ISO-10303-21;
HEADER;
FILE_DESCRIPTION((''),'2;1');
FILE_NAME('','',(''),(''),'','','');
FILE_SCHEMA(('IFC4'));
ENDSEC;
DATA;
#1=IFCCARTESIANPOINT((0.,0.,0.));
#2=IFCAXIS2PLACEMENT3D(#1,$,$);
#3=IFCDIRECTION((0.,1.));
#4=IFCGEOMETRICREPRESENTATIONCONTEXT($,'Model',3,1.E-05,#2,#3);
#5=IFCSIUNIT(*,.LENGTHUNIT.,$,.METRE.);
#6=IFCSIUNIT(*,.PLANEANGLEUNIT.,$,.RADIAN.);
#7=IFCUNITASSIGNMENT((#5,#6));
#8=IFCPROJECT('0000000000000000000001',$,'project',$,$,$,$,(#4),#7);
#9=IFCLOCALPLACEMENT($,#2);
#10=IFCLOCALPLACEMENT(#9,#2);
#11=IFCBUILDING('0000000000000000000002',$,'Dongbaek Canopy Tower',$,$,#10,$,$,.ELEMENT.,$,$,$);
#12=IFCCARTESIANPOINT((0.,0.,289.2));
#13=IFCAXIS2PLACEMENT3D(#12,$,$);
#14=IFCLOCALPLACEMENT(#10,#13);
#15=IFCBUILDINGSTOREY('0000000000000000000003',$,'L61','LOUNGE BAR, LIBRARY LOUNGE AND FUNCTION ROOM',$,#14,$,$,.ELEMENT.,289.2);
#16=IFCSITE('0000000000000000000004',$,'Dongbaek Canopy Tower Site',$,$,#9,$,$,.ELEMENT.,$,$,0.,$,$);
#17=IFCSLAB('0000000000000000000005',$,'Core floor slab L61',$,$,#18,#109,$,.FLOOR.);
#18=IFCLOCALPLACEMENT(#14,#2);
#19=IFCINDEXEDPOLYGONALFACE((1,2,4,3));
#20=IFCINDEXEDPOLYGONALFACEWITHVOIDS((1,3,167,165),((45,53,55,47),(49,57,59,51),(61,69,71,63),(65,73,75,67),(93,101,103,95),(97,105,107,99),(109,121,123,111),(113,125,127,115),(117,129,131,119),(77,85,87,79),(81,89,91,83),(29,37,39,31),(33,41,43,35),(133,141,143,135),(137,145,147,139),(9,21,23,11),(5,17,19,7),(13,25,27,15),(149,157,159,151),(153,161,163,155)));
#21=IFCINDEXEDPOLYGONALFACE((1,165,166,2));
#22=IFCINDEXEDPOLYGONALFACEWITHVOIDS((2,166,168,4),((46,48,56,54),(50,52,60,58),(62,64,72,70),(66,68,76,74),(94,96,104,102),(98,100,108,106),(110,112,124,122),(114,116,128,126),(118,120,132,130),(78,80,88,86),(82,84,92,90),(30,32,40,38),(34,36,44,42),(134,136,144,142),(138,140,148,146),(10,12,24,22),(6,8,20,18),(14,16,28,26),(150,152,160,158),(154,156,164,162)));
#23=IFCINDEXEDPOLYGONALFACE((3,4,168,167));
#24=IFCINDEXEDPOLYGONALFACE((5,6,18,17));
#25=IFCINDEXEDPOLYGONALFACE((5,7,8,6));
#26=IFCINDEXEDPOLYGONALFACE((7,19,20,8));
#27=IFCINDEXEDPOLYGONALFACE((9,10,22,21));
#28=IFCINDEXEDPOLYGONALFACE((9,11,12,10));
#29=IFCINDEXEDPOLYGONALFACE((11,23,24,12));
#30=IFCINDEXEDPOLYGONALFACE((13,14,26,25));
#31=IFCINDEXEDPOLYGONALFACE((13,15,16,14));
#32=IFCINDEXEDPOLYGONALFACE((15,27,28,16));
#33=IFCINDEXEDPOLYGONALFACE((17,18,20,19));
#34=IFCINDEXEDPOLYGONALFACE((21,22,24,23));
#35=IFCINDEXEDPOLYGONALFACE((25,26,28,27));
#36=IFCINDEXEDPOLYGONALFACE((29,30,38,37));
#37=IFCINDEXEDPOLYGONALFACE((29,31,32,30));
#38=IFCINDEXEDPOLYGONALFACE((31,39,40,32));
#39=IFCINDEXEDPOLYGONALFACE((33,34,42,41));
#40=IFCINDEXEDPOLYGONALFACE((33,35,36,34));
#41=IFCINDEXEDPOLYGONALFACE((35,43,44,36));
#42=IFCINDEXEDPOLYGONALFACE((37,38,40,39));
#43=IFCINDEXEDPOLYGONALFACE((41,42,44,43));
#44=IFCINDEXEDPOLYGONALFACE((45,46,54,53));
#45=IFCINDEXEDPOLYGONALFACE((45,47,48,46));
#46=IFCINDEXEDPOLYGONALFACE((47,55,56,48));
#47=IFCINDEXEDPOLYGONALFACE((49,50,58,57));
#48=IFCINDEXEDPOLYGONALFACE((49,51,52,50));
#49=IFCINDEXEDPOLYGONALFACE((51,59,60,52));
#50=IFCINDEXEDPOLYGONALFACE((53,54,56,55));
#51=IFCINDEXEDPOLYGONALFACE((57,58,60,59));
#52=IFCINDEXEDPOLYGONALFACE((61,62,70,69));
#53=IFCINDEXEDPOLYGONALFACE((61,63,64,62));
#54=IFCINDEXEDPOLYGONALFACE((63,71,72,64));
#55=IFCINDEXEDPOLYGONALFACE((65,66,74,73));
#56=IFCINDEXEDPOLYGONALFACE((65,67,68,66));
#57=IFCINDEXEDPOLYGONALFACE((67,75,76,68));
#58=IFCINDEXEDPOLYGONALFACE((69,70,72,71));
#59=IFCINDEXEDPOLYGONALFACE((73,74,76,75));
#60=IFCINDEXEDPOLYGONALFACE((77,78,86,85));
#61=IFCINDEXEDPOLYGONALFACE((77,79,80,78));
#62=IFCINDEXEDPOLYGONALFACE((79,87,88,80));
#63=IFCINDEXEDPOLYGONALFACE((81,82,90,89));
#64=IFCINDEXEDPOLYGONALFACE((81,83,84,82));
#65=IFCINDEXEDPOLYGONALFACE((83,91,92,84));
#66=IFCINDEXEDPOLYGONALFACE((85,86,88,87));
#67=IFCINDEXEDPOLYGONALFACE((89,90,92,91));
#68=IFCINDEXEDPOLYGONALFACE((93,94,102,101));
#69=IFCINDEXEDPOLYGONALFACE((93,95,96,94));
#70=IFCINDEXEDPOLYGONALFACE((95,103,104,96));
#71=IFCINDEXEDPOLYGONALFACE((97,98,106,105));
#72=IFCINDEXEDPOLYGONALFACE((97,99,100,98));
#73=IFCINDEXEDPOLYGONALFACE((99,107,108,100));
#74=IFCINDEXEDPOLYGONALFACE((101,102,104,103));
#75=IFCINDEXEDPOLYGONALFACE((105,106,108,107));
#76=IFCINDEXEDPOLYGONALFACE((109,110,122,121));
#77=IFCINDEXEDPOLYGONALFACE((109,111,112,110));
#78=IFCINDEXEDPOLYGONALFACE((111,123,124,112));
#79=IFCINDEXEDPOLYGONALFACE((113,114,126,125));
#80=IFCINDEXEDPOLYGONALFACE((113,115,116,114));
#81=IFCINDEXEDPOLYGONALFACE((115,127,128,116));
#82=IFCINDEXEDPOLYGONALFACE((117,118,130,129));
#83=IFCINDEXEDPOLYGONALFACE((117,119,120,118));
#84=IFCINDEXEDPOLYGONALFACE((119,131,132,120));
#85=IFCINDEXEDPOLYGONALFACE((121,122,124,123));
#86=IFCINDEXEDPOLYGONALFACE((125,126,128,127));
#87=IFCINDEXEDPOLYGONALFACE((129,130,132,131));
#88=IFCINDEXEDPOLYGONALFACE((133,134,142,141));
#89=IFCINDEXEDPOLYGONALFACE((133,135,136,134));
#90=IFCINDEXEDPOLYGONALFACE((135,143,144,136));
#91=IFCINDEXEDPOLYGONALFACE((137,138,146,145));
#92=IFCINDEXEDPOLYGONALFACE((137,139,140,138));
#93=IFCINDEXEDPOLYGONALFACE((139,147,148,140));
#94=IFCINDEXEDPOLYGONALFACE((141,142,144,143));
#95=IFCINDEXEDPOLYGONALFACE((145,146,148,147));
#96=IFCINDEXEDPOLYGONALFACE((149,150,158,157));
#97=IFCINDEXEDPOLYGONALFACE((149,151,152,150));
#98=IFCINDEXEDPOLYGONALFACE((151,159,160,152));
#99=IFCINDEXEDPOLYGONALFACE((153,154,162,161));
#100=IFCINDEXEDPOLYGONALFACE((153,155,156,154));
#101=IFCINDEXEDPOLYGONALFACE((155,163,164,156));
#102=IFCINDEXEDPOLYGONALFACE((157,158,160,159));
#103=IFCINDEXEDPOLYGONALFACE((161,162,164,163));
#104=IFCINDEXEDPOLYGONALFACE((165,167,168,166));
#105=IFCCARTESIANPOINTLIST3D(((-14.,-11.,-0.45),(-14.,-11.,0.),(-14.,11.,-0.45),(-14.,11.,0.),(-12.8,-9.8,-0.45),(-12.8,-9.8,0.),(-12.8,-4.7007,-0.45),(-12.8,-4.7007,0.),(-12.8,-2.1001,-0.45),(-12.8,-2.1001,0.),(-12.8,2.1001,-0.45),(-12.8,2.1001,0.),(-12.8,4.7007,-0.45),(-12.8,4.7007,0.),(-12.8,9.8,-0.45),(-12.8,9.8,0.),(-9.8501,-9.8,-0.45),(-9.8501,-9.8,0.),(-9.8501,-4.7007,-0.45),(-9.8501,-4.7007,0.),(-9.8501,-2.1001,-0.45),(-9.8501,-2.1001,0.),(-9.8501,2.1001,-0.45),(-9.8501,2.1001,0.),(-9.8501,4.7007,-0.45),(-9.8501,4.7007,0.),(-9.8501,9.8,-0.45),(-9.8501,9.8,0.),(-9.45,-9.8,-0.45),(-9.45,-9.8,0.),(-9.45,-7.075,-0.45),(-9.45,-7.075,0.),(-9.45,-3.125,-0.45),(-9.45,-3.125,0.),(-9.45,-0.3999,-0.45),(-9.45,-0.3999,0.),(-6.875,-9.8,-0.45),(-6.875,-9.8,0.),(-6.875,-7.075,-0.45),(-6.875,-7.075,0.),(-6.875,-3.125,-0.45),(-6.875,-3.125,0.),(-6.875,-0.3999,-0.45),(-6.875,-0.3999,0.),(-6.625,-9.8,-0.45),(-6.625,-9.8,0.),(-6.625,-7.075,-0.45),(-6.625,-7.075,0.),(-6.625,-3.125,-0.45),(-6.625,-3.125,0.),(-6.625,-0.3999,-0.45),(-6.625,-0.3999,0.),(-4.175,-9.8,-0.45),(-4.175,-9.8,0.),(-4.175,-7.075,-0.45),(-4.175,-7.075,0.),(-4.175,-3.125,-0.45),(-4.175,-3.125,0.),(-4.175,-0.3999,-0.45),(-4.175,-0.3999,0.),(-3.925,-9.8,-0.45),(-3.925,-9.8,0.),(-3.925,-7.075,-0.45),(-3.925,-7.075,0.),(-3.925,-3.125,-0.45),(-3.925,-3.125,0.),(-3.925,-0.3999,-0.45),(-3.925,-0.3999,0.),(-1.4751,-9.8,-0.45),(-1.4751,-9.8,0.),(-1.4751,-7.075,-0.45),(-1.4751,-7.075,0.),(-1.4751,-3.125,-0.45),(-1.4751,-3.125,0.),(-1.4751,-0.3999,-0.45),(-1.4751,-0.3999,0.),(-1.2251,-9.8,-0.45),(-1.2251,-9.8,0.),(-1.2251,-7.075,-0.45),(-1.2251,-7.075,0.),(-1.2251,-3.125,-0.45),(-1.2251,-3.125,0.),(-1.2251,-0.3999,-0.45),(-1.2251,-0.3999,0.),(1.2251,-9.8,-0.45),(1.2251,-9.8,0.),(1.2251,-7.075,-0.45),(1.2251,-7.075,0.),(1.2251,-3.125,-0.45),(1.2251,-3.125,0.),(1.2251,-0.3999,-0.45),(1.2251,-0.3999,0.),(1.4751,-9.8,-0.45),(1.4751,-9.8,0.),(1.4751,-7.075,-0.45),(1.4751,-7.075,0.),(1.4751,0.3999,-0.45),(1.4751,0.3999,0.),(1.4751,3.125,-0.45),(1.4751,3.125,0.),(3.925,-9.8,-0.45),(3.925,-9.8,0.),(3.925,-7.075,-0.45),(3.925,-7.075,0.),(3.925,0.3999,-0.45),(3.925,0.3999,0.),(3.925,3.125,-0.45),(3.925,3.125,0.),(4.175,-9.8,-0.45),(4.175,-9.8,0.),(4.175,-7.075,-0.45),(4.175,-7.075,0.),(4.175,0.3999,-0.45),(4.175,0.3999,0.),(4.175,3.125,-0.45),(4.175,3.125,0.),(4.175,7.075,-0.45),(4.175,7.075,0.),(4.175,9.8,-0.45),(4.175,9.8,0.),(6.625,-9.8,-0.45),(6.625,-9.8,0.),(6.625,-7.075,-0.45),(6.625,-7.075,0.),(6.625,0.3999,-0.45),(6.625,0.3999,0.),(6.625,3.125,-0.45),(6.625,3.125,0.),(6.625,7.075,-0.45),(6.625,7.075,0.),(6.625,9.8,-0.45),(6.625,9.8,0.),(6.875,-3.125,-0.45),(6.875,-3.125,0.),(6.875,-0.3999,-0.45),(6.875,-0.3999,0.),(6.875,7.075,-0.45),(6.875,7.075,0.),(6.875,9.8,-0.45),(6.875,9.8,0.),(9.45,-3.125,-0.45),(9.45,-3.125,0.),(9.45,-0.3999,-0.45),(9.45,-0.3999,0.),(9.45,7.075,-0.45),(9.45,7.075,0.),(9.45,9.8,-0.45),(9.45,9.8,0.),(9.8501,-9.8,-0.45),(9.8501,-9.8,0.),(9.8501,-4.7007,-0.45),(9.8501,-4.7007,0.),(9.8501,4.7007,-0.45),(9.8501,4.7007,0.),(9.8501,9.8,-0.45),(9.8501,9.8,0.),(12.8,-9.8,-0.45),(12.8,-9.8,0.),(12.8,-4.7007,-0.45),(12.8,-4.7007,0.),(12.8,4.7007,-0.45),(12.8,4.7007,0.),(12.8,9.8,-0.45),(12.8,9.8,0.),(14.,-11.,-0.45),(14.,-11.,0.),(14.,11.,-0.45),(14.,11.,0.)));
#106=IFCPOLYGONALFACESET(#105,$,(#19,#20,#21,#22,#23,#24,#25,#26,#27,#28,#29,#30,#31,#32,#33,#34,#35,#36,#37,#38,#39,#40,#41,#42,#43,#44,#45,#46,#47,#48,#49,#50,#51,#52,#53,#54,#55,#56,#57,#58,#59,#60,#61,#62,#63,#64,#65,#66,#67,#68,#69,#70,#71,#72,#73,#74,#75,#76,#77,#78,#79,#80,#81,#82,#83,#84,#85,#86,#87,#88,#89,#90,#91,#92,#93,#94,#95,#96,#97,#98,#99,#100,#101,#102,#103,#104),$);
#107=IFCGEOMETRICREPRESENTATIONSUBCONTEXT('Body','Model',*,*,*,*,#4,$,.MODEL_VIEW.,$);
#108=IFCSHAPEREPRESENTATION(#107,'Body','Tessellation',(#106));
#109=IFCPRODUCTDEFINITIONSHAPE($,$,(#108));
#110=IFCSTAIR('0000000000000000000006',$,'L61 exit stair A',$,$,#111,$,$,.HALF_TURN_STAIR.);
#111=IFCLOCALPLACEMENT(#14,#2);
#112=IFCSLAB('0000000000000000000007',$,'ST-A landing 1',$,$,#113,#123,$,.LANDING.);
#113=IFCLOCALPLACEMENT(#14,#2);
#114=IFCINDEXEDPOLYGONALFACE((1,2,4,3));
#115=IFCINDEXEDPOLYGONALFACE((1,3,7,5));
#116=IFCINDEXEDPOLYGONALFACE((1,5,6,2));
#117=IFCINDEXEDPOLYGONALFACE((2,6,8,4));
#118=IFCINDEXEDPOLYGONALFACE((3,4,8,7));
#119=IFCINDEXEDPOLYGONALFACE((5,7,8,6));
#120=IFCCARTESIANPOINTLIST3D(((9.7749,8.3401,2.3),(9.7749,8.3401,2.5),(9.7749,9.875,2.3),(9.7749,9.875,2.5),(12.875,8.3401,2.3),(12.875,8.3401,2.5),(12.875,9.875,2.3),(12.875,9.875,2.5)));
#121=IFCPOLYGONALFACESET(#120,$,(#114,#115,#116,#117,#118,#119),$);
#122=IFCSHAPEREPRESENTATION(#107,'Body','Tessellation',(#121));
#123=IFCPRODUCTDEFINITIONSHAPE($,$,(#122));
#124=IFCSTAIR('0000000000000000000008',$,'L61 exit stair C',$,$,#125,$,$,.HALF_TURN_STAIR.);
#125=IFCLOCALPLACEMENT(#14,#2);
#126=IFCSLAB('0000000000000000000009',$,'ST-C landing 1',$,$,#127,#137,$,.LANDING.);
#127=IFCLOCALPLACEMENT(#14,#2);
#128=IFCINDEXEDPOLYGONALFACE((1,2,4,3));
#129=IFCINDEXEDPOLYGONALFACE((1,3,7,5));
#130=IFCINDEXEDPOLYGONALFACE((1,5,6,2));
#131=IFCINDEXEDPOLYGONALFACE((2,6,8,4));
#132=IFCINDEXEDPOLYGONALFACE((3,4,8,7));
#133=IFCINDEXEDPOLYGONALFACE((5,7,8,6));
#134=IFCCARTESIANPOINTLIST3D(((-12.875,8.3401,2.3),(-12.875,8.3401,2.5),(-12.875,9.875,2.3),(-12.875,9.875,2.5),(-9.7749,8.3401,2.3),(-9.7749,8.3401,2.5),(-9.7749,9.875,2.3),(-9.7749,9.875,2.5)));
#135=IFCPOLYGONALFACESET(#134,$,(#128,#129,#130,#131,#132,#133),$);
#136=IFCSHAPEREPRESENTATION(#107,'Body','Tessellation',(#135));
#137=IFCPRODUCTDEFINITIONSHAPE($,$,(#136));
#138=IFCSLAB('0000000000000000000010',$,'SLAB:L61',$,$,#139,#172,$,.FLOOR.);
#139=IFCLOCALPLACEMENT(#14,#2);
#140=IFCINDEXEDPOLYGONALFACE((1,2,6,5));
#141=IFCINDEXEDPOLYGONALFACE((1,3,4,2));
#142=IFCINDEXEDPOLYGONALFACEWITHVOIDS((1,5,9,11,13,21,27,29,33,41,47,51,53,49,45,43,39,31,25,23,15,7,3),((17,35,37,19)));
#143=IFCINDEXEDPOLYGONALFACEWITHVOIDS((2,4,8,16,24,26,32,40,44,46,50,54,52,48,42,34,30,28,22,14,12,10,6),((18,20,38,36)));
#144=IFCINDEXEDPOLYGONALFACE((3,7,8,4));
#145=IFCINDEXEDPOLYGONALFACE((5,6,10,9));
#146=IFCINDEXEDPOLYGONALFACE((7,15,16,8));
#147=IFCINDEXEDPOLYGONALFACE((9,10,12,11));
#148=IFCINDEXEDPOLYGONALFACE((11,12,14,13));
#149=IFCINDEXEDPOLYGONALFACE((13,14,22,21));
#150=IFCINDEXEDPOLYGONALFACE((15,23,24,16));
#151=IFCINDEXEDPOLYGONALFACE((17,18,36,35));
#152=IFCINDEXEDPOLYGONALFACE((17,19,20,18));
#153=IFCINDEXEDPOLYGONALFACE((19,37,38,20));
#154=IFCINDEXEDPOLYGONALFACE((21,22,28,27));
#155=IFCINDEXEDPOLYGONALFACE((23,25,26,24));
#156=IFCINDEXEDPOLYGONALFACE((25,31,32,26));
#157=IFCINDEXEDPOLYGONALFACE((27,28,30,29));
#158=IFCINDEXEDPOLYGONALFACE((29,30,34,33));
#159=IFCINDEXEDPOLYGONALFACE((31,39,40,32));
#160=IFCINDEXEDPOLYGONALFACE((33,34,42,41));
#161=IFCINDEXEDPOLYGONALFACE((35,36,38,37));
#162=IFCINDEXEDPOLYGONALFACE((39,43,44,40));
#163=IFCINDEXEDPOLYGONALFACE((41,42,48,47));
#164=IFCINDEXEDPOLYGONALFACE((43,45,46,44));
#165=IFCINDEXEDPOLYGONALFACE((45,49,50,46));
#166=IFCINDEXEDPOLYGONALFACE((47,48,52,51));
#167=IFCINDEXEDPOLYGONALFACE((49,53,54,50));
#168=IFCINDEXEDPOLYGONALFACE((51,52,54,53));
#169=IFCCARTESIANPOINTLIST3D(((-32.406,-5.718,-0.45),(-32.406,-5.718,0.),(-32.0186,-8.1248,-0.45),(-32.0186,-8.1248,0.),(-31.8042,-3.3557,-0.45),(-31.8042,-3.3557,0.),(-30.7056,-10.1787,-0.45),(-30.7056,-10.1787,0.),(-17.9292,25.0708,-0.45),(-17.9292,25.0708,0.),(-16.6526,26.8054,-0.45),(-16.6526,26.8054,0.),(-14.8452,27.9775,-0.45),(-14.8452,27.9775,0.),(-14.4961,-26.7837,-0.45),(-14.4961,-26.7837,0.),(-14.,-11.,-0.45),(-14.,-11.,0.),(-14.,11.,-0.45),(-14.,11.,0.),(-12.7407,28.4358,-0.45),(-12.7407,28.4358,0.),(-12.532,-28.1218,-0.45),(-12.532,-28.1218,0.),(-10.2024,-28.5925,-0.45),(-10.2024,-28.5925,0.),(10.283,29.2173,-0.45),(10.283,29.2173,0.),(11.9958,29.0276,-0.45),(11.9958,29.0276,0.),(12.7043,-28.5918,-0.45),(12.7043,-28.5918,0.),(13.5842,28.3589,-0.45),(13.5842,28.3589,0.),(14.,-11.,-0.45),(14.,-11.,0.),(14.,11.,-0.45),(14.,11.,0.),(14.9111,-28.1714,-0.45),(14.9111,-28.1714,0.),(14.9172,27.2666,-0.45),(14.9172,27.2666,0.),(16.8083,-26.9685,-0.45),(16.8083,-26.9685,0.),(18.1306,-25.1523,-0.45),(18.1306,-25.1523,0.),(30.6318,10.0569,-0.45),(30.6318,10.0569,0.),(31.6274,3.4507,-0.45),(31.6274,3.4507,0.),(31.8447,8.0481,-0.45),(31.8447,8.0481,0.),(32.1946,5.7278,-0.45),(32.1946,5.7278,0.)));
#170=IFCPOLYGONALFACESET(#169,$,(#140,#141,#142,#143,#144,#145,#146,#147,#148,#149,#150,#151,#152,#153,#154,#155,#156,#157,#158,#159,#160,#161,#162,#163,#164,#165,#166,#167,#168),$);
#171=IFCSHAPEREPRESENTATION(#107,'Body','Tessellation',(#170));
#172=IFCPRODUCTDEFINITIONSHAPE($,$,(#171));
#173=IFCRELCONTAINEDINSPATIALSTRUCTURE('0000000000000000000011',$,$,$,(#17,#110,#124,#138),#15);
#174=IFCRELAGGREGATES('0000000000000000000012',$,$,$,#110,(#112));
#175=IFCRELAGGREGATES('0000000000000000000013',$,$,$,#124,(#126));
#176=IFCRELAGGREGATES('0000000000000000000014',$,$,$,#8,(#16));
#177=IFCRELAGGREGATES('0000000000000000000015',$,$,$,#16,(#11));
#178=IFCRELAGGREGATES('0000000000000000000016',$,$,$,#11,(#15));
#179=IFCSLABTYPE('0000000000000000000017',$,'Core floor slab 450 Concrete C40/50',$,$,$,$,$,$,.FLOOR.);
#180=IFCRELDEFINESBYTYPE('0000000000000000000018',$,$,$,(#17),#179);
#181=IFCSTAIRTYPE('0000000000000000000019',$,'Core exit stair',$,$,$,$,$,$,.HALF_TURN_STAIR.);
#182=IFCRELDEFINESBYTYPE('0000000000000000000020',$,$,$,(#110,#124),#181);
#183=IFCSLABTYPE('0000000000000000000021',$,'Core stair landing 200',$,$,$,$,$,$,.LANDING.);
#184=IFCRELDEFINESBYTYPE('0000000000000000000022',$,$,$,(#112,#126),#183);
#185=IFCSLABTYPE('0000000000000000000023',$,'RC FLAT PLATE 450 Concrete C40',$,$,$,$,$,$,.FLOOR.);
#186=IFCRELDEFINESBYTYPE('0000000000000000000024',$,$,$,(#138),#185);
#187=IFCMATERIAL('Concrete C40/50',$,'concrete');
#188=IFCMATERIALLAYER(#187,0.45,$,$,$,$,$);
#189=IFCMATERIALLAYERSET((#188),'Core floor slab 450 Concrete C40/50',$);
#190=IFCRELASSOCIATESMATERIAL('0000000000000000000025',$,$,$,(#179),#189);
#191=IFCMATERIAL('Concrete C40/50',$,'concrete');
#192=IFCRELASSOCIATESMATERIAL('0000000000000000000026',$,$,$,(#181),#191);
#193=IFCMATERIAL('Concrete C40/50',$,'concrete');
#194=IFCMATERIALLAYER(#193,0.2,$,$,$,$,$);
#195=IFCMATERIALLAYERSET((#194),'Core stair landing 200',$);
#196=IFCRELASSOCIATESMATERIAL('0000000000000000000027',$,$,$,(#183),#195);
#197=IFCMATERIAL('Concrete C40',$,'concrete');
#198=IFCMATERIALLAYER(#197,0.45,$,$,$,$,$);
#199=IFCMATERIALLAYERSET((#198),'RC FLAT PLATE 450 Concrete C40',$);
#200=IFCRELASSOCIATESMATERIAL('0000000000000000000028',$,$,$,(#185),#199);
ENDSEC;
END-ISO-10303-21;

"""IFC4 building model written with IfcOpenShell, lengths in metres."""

from ifc_helpers import new_model, si_unit, direction, frame, origin, place, context, subcontext, project, spatial, polyline, outline, extrude, material, layer, layer_set, type_object, element, aggregate, save


model = new_model("IFC4")

# Units and contexts
model_context = context("Model", 3, precision=1e-05, world=origin(), true_north=direction((0.0, 1.0)))
body_context = subcontext(model_context, "Body", "Model", "MODEL_VIEW")
ifc_project = project(units=[si_unit("LENGTHUNIT", "METRE"), si_unit("PLANEANGLEUNIT", "RADIAN")], contexts=[model_context])

# Site, building, storey
site_placement = place(None, origin())
site = spatial("IfcSite", under=ifc_project, at=site_placement, Name="Dongbaek Canopy Tower Site", CompositionType="ELEMENT", RefElevation=0.0)
building_placement = place(site_placement, origin())
building = spatial("IfcBuilding", under=site, at=building_placement, Name="Dongbaek Canopy Tower", CompositionType="ELEMENT")
storey_placement = place(building_placement, frame((0.0, 0.0, 289.2)))
storey = spatial("IfcBuildingStorey", under=building, at=storey_placement, Name="L61", Description="LOUNGE BAR, LIBRARY LOUNGE AND FUNCTION ROOM", CompositionType="ELEMENT", Elevation=289.2)

# Slab
ifc_material_1 = material(Name="Concrete C40/50", Category="concrete")
ifc_layer_1 = layer(ifc_material_1, 0.45)
ifc_layer_set_1 = layer_set([ifc_layer_1], Name="Core floor slab 450 Concrete C40/50")
slab_type_1 = type_object("IfcSlabType", Name="Core floor slab 450 Concrete C40/50", PredefinedType="FLOOR", material=ifc_layer_set_1)
slab_1_placement = place(storey_placement, frame((0.0, 0.0, -0.45)))
element("IfcSlab", 1, at=slab_1_placement, inside=storey, type_object=slab_type_1, Name="Core floor slab L61", PredefinedType="FLOOR", context=body_context, shape_type="SweptSolid", body=[
    extrude(outline(polyline([(14.0, -11.0), (14.0, 11.0), (-14.0, 11.0), (-14.0, -11.0), (14.0, -11.0)]), holes=[polyline([(-12.8, 2.1001), (-9.8501, 2.1001), (-9.8501, -2.1001), (-12.8, -2.1001), (-12.8, 2.1001)]), polyline([(6.625, 9.8), (6.625, 7.075), (4.175, 7.075), (4.175, 9.8), (6.625, 9.8)]), polyline([(9.45, 7.075), (6.875, 7.075), (6.875, 9.8), (9.45, 9.8), (9.45, 7.075)]), polyline([(1.4751, 3.125), (3.925, 3.125), (3.925, 0.3999), (1.4751, 0.3999), (1.4751, 3.125)]), polyline([(4.175, 3.125), (6.625, 3.125), (6.625, 0.3999), (4.175, 0.3999), (4.175, 3.125)]), polyline([(-9.45, -0.3999), (-6.875, -0.3999), (-6.875, -3.125), (-9.45, -3.125), (-9.45, -0.3999)]), polyline([(-6.625, -0.3999), (-4.175, -0.3999), (-4.175, -3.125), (-6.625, -3.125), (-6.625, -0.3999)]), polyline([(-3.925, -0.3999), (-1.4751, -0.3999), (-1.4751, -3.125), (-3.925, -3.125), (-3.925, -0.3999)]), polyline([(-1.2251, -0.3999), (1.2251, -0.3999), (1.2251, -3.125), (-1.2251, -3.125), (-1.2251, -0.3999)]), polyline([(9.45, -3.125), (6.875, -3.125), (6.875, -0.3999), (9.45, -0.3999), (9.45, -3.125)]), polyline([(-9.45, -7.075), (-6.875, -7.075), (-6.875, -9.8), (-9.45, -9.8), (-9.45, -7.075)]), polyline([(-6.625, -9.8), (-6.625, -7.075), (-4.175, -7.075), (-4.175, -9.8), (-6.625, -9.8)]), polyline([(-3.925, -9.8), (-3.925, -7.075), (-1.4751, -7.075), (-1.4751, -9.8), (-3.925, -9.8)]), polyline([(-1.2251, -9.8), (-1.2251, -7.075), (1.2251, -7.075), (1.2251, -9.8), (-1.2251, -9.8)]), polyline([(1.4751, -9.8), (1.4751, -7.075), (3.925, -7.075), (3.925, -9.8), (1.4751, -9.8)]), polyline([(4.175, -9.8), (4.175, -7.075), (6.625, -7.075), (6.625, -9.8), (4.175, -9.8)]), polyline([(12.8, 4.7007), (12.8, 9.8), (9.8501, 9.8), (9.8501, 4.7007), (12.8, 4.7007)]), polyline([(-9.8501, 4.7007), (-9.8501, 9.8), (-12.8, 9.8), (-12.8, 4.7007), (-9.8501, 4.7007)]), polyline([(9.8501, -4.7007), (9.8501, -9.8), (12.8, -9.8), (12.8, -4.7007), (9.8501, -4.7007)]), polyline([(-12.8, -4.7007), (-12.8, -9.8), (-9.8501, -9.8), (-9.8501, -4.7007), (-12.8, -4.7007)])]), origin(), (0.0, 0.0, 1.0), 0.45),
])

# Stairs, slabs
ifc_material_2 = material(Name="Concrete C40/50", Category="concrete")
stair_type = type_object("IfcStairType", Name="Core exit stair", PredefinedType="HALF_TURN_STAIR", material=ifc_material_2)
stair_1_placement = place(storey_placement, origin())
stair_1 = element("IfcStair", 2, at=stair_1_placement, inside=storey, type_object=stair_type, Name="L61 exit stair A", PredefinedType="HALF_TURN_STAIR")
ifc_material_3 = material(Name="Concrete C40/50", Category="concrete")
ifc_layer_2 = layer(ifc_material_3, 0.2)
ifc_layer_set_2 = layer_set([ifc_layer_2], Name="Core stair landing 200")
slab_type_2 = type_object("IfcSlabType", Name="Core stair landing 200", PredefinedType="LANDING", material=ifc_layer_set_2)
slab_2_placement = place(storey_placement, frame((0.0, 0.0, 2.3)))
slab_2 = element("IfcSlab", 3, at=slab_2_placement, type_object=slab_type_2, Name="ST-A landing 1", PredefinedType="LANDING", context=body_context, shape_type="SweptSolid", body=[
    extrude(outline(polyline([(12.875, 8.3401), (12.875, 9.875), (9.7749, 9.875), (9.7749, 8.3401), (12.875, 8.3401)])), origin(), (0.0, 0.0, 1.0), 0.2),
])
aggregate(stair_1, [slab_2])
stair_2_placement = place(storey_placement, origin())
stair_2 = element("IfcStair", 4, at=stair_2_placement, inside=storey, type_object=stair_type, Name="L61 exit stair C", PredefinedType="HALF_TURN_STAIR")
slab_3_placement = place(storey_placement, frame((0.0, 0.0, 2.3)))
slab_3 = element("IfcSlab", 5, at=slab_3_placement, type_object=slab_type_2, Name="ST-C landing 1", PredefinedType="LANDING", context=body_context, shape_type="SweptSolid", body=[
    extrude(outline(polyline([(-9.7749, 8.3401), (-9.7749, 9.875), (-12.875, 9.875), (-12.875, 8.3401), (-9.7749, 8.3401)])), origin(), (0.0, 0.0, 1.0), 0.2),
])

# Slab
ifc_material_4 = material(Name="Concrete C40", Category="concrete")
ifc_layer_3 = layer(ifc_material_4, 0.45)
ifc_layer_set_3 = layer_set([ifc_layer_3], Name="RC FLAT PLATE 450 Concrete C40")
slab_type_3 = type_object("IfcSlabType", Name="RC FLAT PLATE 450 Concrete C40", PredefinedType="FLOOR", material=ifc_layer_set_3)
slab_4_placement = place(storey_placement, frame((0.0, 0.0, -0.45)))
element("IfcSlab", 6, at=slab_4_placement, inside=storey, type_object=slab_type_3, Name="SLAB:L61", PredefinedType="FLOOR", context=body_context, shape_type="SweptSolid", body=[
    extrude(outline(polyline([(18.1306, -25.1523), (16.8083, -26.9685), (14.9111, -28.1714), (12.7043, -28.5918), (-10.2024, -28.5925), (-12.532, -28.1218), (-14.4961, -26.7837), (-30.7056, -10.1787), (-32.0186, -8.1248), (-32.406, -5.718), (-31.8042, -3.3557), (-17.9292, 25.0708), (-16.6526, 26.8054), (-14.8452, 27.9775), (-12.7407, 28.4358), (10.283, 29.2173), (11.9958, 29.0276), (13.5842, 28.3589), (14.9172, 27.2666), (30.6318, 10.0569), (31.8447, 8.0481), (32.1946, 5.7278), (31.6274, 3.4507), (18.1306, -25.1523)]), holes=[polyline([(14.0, 11.0), (-14.0, 11.0), (-14.0, -11.0), (14.0, -11.0), (14.0, 11.0)])]), origin(), (0.0, 0.0, 1.0), 0.45),
])

aggregate(stair_2, [slab_3])

save(model, "model.ifc")
